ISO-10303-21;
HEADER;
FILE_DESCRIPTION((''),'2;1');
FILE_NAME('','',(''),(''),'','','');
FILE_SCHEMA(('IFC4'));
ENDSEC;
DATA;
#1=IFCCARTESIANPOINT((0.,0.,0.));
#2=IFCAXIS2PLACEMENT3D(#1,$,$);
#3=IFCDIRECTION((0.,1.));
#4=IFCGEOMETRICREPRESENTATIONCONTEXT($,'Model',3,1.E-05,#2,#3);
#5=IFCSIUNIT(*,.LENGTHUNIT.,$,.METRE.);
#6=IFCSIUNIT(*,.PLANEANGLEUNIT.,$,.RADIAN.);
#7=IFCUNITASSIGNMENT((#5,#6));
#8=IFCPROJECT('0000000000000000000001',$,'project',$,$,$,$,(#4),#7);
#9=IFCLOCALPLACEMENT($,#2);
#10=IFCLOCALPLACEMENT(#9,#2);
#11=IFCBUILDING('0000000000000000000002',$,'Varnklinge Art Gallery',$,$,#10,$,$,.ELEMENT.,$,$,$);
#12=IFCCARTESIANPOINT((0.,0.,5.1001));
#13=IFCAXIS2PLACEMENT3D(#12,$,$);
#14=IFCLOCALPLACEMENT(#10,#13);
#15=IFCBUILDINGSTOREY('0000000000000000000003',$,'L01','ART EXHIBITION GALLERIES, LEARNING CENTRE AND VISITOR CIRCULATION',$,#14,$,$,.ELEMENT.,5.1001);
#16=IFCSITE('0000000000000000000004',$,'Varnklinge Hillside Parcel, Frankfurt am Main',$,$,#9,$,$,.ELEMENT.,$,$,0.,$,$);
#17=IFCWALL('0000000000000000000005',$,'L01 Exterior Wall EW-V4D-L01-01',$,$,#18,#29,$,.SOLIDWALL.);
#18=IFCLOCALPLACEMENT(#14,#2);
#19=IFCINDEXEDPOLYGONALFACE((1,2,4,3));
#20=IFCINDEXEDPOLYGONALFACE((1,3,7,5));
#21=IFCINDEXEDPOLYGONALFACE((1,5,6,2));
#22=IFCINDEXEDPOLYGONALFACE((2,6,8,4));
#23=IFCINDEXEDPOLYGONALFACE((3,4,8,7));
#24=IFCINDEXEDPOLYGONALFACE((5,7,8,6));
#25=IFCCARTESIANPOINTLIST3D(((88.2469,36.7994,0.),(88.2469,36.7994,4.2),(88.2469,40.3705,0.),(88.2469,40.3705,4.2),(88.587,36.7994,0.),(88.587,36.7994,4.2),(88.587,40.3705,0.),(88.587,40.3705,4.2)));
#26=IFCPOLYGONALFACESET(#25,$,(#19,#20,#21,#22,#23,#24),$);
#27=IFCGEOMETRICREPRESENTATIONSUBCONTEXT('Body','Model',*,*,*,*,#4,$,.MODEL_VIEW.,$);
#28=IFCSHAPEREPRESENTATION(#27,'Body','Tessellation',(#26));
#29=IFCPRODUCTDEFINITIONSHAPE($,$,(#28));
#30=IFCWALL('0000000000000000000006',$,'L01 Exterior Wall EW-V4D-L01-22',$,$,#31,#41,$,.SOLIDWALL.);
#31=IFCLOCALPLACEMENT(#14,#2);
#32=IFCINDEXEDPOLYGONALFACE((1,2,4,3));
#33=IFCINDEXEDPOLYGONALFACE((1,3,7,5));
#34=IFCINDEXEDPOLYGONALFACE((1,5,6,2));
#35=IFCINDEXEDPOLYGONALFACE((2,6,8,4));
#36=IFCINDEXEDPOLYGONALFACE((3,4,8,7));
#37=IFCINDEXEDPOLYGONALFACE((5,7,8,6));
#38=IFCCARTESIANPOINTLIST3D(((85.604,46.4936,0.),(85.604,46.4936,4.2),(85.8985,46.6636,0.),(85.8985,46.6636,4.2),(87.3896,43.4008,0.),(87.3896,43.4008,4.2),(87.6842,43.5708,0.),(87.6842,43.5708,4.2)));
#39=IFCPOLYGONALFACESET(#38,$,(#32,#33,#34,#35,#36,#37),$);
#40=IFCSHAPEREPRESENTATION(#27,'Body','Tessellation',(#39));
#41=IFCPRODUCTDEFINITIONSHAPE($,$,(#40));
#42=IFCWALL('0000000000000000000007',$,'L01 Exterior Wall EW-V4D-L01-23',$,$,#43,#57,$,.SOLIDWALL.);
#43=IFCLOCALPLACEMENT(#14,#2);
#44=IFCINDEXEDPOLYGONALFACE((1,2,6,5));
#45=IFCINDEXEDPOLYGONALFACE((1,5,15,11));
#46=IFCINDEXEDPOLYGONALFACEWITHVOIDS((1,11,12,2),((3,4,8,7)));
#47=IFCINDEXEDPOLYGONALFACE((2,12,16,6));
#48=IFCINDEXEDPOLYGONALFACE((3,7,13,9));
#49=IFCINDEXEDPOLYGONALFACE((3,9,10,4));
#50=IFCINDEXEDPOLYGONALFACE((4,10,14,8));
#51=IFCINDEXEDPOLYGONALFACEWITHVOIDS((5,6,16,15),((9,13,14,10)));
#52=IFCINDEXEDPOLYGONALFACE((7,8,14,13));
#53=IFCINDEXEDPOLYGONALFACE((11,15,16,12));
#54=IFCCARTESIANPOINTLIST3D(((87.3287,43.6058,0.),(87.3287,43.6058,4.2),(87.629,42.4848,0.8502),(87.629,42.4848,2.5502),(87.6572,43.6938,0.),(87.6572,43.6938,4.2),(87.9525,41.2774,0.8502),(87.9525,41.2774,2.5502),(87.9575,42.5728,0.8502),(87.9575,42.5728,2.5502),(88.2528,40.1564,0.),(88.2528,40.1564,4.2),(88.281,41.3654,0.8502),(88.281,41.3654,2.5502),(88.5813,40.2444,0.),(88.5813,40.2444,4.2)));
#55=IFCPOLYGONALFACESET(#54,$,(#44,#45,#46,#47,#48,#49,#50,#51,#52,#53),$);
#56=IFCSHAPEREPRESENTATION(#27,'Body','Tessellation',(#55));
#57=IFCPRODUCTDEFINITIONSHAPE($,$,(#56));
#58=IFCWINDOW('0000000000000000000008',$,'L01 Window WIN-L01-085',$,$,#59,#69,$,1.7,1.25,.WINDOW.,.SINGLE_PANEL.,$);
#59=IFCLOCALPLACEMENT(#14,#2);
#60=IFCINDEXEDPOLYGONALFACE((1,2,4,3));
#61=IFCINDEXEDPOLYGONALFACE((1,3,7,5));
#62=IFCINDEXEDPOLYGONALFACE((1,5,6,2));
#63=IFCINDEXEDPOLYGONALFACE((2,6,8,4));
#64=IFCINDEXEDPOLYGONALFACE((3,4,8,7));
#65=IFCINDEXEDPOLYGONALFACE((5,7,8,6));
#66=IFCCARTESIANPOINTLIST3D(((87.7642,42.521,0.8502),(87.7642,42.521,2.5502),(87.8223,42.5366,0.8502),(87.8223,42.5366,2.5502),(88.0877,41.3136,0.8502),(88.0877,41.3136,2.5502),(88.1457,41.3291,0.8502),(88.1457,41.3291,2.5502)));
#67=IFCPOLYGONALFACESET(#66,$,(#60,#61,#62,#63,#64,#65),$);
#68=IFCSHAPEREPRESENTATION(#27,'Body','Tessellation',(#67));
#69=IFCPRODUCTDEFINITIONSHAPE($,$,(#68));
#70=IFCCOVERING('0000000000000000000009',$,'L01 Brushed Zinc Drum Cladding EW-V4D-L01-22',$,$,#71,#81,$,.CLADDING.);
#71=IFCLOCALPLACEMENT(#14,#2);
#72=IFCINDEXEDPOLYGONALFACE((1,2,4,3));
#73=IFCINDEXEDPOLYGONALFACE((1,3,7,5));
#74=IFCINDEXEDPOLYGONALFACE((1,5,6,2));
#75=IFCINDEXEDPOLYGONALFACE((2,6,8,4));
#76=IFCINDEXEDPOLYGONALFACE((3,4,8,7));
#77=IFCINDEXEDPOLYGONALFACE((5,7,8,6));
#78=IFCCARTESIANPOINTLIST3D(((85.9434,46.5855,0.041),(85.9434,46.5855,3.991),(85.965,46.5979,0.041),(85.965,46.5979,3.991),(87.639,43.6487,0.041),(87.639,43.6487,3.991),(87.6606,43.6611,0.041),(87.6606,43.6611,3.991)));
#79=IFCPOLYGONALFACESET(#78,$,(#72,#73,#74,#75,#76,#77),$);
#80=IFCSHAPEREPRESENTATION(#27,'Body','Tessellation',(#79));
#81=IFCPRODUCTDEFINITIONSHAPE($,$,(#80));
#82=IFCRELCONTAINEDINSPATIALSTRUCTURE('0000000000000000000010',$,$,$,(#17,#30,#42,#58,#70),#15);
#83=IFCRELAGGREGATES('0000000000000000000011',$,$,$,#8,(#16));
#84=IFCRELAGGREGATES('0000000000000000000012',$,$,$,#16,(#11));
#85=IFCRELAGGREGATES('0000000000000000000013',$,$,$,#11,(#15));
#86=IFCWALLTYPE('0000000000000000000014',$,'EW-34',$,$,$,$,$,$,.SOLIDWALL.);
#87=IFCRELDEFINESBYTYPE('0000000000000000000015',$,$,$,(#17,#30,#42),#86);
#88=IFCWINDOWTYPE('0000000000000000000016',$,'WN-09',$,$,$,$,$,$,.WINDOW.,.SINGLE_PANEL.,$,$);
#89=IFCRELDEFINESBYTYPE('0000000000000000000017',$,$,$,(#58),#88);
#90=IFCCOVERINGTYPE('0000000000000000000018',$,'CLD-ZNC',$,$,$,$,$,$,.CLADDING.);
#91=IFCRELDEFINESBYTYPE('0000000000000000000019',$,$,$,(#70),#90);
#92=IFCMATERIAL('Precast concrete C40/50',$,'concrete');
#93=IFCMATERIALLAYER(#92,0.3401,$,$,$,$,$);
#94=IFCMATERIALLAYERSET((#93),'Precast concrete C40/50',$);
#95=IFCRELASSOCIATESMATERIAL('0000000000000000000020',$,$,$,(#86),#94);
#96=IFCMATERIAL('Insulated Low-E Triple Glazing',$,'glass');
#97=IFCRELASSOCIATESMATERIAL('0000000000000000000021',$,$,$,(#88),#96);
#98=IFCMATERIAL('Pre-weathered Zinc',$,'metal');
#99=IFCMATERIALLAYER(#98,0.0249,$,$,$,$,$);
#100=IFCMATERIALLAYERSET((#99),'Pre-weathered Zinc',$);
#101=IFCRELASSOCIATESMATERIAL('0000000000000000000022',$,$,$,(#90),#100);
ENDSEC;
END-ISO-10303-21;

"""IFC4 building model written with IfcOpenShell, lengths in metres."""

from ifc_helpers import new_model, si_unit, direction, frame, frame_2d, origin, origin_2d, place, context, subcontext, project, spatial, rectangle, extrude, material, layer, layer_set, type_object, element, fill, save


model = new_model("IFC4")

# Units and contexts
model_context = context("Model", 3, precision=1e-05, world=origin(), true_north=direction((0.0, 1.0)))
body_context = subcontext(model_context, "Body", "Model", "MODEL_VIEW")
ifc_project = project(units=[si_unit("LENGTHUNIT", "METRE"), si_unit("PLANEANGLEUNIT", "RADIAN")], contexts=[model_context])

# Site, building, storey
site_placement = place(None, origin())
site = spatial("IfcSite", under=ifc_project, at=site_placement, Name="Varnklinge Hillside Parcel, Frankfurt am Main", CompositionType="ELEMENT", RefElevation=0.0)
building_placement = place(site_placement, origin())
building = spatial("IfcBuilding", under=site, at=building_placement, Name="Varnklinge Art Gallery", CompositionType="ELEMENT")
storey_placement = place(building_placement, frame((0.0, 0.0, 5.1001)))
storey = spatial("IfcBuildingStorey", under=building, at=storey_placement, Name="L01", Description="ART EXHIBITION GALLERIES, LEARNING CENTRE AND VISITOR CIRCULATION", CompositionType="ELEMENT", Elevation=5.1001)

# Walls
ifc_material_1 = material(Name="Precast concrete C40/50", Category="concrete")
ifc_layer_1 = layer(ifc_material_1, 0.3401)
ifc_layer_set_1 = layer_set([ifc_layer_1], Name="Precast concrete C40/50")
wall_type = type_object("IfcWallType", Name="EW-34", PredefinedType="SOLIDWALL", material=ifc_layer_set_1)
wall_1_placement = place(storey_placement, frame((88.417, 40.3706, 0.0), z_axis=(0.0, 0.0, 1.0), x_axis=(0.0, -1.0, 0.0)))
element("IfcWall", 1, at=wall_1_placement, inside=storey, type_object=wall_type, Name="L01 Exterior Wall EW-V4D-L01-01", PredefinedType="SOLIDWALL", context=body_context, shape_type="SweptSolid", body=[
    extrude(rectangle(XDim=3.571, YDim=0.3401, at=frame_2d((1.7856, 0.0))), origin(), (0.0, 0.0, 1.0), 4.2),
])
wall_2_placement = place(storey_placement, frame((85.7512, 46.5786, 0.0), z_axis=(0.0, 0.0, 1.0), x_axis=(0.500007, -0.866022, 0.0)))
element("IfcWall", 2, at=wall_2_placement, inside=storey, type_object=wall_type, Name="L01 Exterior Wall EW-V4D-L01-22", PredefinedType="SOLIDWALL", context=body_context, shape_type="SweptSolid", body=[
    extrude(rectangle(XDim=3.5713, YDim=0.3401, at=frame_2d((1.7856, 0.0))), origin(), (0.0, 0.0, 1.0), 4.2),
])

# Wall, opening, window
wall_3_placement = place(storey_placement, frame((87.4929, 43.6499, 0.0), z_axis=(0.0, 0.0, 1.0), x_axis=(0.258765, -0.96594, 0.0)))
wall_3 = element("IfcWall", 3, at=wall_3_placement, inside=storey, type_object=wall_type, Name="L01 Exterior Wall EW-V4D-L01-23", PredefinedType="SOLIDWALL", context=body_context, shape_type="SweptSolid", body=[
    extrude(rectangle(XDim=3.571, YDim=0.3401, at=frame_2d((1.7856, 0.0))), origin(), (0.0, 0.0, 1.0), 4.2),
])
opening_placement = place(wall_3_placement, frame((1.1606, 0.0, 0.8501)))
opening = element("IfcOpeningElement", 4, at=opening_placement, cuts=wall_3, PredefinedType="OPENING", context=body_context, shape_type="SweptSolid", body=[
    extrude(rectangle(XDim=1.25, YDim=1.7, at=frame_2d((0.625, 0.8501))), frame((0.0, 0.1799, 0.0), z_axis=(0.0, -1.0, 0.0), x_axis=(1.0, 0.0, 0.0)), (0.0, 0.0, 1.0), 0.3601),
])
ifc_material_2 = material(Name="Insulated Low-E Triple Glazing", Category="glass")
window_type = type_object("IfcWindowType", Name="WN-09", PartitioningType="SINGLE_PANEL", PredefinedType="WINDOW", material=ifc_material_2)
window_placement = place(opening_placement, origin())
window = element("IfcWindow", 5, at=window_placement, inside=storey, type_object=window_type, Name="L01 Window WIN-L01-085", OverallHeight=1.7, OverallWidth=1.25, PartitioningType="SINGLE_PANEL", PredefinedType="WINDOW", context=body_context, shape_type="SweptSolid", body=[
    extrude(rectangle(XDim=1.25, YDim=1.7, at=frame_2d((0.625, 0.8501))), frame((0.0, 0.03, 0.0), z_axis=(0.0, -1.0, 0.0), x_axis=(1.0, 0.0, 0.0)), (0.0, 0.0, 1.0), 0.0601),
])
fill(opening, window)

# Covering
ifc_material_3 = material(Name="Pre-weathered Zinc", Category="metal")
ifc_layer_2 = layer(ifc_material_3, 0.0249)
ifc_layer_set_2 = layer_set([ifc_layer_2], Name="Pre-weathered Zinc")
covering_type = type_object("IfcCoveringType", Name="CLD-ZNC", PredefinedType="CLADDING", material=ifc_layer_set_2)
covering_placement = place(storey_placement, frame((86.802, 45.1233, 0.041), z_axis=(0.0, 0.0, 1.0), x_axis=(0.5, -0.866025, 0.0)))
element("IfcCovering", 6, at=covering_placement, inside=storey, type_object=covering_type, Name="L01 Brushed Zinc Drum Cladding EW-V4D-L01-22", PredefinedType="CLADDING", context=body_context, shape_type="SweptSolid", body=[
    extrude(rectangle(XDim=3.3911, YDim=0.0249, at=origin_2d()), origin(), (0.0, 0.0, 1.0), 3.95),
])

save(model, "model.ifc")
